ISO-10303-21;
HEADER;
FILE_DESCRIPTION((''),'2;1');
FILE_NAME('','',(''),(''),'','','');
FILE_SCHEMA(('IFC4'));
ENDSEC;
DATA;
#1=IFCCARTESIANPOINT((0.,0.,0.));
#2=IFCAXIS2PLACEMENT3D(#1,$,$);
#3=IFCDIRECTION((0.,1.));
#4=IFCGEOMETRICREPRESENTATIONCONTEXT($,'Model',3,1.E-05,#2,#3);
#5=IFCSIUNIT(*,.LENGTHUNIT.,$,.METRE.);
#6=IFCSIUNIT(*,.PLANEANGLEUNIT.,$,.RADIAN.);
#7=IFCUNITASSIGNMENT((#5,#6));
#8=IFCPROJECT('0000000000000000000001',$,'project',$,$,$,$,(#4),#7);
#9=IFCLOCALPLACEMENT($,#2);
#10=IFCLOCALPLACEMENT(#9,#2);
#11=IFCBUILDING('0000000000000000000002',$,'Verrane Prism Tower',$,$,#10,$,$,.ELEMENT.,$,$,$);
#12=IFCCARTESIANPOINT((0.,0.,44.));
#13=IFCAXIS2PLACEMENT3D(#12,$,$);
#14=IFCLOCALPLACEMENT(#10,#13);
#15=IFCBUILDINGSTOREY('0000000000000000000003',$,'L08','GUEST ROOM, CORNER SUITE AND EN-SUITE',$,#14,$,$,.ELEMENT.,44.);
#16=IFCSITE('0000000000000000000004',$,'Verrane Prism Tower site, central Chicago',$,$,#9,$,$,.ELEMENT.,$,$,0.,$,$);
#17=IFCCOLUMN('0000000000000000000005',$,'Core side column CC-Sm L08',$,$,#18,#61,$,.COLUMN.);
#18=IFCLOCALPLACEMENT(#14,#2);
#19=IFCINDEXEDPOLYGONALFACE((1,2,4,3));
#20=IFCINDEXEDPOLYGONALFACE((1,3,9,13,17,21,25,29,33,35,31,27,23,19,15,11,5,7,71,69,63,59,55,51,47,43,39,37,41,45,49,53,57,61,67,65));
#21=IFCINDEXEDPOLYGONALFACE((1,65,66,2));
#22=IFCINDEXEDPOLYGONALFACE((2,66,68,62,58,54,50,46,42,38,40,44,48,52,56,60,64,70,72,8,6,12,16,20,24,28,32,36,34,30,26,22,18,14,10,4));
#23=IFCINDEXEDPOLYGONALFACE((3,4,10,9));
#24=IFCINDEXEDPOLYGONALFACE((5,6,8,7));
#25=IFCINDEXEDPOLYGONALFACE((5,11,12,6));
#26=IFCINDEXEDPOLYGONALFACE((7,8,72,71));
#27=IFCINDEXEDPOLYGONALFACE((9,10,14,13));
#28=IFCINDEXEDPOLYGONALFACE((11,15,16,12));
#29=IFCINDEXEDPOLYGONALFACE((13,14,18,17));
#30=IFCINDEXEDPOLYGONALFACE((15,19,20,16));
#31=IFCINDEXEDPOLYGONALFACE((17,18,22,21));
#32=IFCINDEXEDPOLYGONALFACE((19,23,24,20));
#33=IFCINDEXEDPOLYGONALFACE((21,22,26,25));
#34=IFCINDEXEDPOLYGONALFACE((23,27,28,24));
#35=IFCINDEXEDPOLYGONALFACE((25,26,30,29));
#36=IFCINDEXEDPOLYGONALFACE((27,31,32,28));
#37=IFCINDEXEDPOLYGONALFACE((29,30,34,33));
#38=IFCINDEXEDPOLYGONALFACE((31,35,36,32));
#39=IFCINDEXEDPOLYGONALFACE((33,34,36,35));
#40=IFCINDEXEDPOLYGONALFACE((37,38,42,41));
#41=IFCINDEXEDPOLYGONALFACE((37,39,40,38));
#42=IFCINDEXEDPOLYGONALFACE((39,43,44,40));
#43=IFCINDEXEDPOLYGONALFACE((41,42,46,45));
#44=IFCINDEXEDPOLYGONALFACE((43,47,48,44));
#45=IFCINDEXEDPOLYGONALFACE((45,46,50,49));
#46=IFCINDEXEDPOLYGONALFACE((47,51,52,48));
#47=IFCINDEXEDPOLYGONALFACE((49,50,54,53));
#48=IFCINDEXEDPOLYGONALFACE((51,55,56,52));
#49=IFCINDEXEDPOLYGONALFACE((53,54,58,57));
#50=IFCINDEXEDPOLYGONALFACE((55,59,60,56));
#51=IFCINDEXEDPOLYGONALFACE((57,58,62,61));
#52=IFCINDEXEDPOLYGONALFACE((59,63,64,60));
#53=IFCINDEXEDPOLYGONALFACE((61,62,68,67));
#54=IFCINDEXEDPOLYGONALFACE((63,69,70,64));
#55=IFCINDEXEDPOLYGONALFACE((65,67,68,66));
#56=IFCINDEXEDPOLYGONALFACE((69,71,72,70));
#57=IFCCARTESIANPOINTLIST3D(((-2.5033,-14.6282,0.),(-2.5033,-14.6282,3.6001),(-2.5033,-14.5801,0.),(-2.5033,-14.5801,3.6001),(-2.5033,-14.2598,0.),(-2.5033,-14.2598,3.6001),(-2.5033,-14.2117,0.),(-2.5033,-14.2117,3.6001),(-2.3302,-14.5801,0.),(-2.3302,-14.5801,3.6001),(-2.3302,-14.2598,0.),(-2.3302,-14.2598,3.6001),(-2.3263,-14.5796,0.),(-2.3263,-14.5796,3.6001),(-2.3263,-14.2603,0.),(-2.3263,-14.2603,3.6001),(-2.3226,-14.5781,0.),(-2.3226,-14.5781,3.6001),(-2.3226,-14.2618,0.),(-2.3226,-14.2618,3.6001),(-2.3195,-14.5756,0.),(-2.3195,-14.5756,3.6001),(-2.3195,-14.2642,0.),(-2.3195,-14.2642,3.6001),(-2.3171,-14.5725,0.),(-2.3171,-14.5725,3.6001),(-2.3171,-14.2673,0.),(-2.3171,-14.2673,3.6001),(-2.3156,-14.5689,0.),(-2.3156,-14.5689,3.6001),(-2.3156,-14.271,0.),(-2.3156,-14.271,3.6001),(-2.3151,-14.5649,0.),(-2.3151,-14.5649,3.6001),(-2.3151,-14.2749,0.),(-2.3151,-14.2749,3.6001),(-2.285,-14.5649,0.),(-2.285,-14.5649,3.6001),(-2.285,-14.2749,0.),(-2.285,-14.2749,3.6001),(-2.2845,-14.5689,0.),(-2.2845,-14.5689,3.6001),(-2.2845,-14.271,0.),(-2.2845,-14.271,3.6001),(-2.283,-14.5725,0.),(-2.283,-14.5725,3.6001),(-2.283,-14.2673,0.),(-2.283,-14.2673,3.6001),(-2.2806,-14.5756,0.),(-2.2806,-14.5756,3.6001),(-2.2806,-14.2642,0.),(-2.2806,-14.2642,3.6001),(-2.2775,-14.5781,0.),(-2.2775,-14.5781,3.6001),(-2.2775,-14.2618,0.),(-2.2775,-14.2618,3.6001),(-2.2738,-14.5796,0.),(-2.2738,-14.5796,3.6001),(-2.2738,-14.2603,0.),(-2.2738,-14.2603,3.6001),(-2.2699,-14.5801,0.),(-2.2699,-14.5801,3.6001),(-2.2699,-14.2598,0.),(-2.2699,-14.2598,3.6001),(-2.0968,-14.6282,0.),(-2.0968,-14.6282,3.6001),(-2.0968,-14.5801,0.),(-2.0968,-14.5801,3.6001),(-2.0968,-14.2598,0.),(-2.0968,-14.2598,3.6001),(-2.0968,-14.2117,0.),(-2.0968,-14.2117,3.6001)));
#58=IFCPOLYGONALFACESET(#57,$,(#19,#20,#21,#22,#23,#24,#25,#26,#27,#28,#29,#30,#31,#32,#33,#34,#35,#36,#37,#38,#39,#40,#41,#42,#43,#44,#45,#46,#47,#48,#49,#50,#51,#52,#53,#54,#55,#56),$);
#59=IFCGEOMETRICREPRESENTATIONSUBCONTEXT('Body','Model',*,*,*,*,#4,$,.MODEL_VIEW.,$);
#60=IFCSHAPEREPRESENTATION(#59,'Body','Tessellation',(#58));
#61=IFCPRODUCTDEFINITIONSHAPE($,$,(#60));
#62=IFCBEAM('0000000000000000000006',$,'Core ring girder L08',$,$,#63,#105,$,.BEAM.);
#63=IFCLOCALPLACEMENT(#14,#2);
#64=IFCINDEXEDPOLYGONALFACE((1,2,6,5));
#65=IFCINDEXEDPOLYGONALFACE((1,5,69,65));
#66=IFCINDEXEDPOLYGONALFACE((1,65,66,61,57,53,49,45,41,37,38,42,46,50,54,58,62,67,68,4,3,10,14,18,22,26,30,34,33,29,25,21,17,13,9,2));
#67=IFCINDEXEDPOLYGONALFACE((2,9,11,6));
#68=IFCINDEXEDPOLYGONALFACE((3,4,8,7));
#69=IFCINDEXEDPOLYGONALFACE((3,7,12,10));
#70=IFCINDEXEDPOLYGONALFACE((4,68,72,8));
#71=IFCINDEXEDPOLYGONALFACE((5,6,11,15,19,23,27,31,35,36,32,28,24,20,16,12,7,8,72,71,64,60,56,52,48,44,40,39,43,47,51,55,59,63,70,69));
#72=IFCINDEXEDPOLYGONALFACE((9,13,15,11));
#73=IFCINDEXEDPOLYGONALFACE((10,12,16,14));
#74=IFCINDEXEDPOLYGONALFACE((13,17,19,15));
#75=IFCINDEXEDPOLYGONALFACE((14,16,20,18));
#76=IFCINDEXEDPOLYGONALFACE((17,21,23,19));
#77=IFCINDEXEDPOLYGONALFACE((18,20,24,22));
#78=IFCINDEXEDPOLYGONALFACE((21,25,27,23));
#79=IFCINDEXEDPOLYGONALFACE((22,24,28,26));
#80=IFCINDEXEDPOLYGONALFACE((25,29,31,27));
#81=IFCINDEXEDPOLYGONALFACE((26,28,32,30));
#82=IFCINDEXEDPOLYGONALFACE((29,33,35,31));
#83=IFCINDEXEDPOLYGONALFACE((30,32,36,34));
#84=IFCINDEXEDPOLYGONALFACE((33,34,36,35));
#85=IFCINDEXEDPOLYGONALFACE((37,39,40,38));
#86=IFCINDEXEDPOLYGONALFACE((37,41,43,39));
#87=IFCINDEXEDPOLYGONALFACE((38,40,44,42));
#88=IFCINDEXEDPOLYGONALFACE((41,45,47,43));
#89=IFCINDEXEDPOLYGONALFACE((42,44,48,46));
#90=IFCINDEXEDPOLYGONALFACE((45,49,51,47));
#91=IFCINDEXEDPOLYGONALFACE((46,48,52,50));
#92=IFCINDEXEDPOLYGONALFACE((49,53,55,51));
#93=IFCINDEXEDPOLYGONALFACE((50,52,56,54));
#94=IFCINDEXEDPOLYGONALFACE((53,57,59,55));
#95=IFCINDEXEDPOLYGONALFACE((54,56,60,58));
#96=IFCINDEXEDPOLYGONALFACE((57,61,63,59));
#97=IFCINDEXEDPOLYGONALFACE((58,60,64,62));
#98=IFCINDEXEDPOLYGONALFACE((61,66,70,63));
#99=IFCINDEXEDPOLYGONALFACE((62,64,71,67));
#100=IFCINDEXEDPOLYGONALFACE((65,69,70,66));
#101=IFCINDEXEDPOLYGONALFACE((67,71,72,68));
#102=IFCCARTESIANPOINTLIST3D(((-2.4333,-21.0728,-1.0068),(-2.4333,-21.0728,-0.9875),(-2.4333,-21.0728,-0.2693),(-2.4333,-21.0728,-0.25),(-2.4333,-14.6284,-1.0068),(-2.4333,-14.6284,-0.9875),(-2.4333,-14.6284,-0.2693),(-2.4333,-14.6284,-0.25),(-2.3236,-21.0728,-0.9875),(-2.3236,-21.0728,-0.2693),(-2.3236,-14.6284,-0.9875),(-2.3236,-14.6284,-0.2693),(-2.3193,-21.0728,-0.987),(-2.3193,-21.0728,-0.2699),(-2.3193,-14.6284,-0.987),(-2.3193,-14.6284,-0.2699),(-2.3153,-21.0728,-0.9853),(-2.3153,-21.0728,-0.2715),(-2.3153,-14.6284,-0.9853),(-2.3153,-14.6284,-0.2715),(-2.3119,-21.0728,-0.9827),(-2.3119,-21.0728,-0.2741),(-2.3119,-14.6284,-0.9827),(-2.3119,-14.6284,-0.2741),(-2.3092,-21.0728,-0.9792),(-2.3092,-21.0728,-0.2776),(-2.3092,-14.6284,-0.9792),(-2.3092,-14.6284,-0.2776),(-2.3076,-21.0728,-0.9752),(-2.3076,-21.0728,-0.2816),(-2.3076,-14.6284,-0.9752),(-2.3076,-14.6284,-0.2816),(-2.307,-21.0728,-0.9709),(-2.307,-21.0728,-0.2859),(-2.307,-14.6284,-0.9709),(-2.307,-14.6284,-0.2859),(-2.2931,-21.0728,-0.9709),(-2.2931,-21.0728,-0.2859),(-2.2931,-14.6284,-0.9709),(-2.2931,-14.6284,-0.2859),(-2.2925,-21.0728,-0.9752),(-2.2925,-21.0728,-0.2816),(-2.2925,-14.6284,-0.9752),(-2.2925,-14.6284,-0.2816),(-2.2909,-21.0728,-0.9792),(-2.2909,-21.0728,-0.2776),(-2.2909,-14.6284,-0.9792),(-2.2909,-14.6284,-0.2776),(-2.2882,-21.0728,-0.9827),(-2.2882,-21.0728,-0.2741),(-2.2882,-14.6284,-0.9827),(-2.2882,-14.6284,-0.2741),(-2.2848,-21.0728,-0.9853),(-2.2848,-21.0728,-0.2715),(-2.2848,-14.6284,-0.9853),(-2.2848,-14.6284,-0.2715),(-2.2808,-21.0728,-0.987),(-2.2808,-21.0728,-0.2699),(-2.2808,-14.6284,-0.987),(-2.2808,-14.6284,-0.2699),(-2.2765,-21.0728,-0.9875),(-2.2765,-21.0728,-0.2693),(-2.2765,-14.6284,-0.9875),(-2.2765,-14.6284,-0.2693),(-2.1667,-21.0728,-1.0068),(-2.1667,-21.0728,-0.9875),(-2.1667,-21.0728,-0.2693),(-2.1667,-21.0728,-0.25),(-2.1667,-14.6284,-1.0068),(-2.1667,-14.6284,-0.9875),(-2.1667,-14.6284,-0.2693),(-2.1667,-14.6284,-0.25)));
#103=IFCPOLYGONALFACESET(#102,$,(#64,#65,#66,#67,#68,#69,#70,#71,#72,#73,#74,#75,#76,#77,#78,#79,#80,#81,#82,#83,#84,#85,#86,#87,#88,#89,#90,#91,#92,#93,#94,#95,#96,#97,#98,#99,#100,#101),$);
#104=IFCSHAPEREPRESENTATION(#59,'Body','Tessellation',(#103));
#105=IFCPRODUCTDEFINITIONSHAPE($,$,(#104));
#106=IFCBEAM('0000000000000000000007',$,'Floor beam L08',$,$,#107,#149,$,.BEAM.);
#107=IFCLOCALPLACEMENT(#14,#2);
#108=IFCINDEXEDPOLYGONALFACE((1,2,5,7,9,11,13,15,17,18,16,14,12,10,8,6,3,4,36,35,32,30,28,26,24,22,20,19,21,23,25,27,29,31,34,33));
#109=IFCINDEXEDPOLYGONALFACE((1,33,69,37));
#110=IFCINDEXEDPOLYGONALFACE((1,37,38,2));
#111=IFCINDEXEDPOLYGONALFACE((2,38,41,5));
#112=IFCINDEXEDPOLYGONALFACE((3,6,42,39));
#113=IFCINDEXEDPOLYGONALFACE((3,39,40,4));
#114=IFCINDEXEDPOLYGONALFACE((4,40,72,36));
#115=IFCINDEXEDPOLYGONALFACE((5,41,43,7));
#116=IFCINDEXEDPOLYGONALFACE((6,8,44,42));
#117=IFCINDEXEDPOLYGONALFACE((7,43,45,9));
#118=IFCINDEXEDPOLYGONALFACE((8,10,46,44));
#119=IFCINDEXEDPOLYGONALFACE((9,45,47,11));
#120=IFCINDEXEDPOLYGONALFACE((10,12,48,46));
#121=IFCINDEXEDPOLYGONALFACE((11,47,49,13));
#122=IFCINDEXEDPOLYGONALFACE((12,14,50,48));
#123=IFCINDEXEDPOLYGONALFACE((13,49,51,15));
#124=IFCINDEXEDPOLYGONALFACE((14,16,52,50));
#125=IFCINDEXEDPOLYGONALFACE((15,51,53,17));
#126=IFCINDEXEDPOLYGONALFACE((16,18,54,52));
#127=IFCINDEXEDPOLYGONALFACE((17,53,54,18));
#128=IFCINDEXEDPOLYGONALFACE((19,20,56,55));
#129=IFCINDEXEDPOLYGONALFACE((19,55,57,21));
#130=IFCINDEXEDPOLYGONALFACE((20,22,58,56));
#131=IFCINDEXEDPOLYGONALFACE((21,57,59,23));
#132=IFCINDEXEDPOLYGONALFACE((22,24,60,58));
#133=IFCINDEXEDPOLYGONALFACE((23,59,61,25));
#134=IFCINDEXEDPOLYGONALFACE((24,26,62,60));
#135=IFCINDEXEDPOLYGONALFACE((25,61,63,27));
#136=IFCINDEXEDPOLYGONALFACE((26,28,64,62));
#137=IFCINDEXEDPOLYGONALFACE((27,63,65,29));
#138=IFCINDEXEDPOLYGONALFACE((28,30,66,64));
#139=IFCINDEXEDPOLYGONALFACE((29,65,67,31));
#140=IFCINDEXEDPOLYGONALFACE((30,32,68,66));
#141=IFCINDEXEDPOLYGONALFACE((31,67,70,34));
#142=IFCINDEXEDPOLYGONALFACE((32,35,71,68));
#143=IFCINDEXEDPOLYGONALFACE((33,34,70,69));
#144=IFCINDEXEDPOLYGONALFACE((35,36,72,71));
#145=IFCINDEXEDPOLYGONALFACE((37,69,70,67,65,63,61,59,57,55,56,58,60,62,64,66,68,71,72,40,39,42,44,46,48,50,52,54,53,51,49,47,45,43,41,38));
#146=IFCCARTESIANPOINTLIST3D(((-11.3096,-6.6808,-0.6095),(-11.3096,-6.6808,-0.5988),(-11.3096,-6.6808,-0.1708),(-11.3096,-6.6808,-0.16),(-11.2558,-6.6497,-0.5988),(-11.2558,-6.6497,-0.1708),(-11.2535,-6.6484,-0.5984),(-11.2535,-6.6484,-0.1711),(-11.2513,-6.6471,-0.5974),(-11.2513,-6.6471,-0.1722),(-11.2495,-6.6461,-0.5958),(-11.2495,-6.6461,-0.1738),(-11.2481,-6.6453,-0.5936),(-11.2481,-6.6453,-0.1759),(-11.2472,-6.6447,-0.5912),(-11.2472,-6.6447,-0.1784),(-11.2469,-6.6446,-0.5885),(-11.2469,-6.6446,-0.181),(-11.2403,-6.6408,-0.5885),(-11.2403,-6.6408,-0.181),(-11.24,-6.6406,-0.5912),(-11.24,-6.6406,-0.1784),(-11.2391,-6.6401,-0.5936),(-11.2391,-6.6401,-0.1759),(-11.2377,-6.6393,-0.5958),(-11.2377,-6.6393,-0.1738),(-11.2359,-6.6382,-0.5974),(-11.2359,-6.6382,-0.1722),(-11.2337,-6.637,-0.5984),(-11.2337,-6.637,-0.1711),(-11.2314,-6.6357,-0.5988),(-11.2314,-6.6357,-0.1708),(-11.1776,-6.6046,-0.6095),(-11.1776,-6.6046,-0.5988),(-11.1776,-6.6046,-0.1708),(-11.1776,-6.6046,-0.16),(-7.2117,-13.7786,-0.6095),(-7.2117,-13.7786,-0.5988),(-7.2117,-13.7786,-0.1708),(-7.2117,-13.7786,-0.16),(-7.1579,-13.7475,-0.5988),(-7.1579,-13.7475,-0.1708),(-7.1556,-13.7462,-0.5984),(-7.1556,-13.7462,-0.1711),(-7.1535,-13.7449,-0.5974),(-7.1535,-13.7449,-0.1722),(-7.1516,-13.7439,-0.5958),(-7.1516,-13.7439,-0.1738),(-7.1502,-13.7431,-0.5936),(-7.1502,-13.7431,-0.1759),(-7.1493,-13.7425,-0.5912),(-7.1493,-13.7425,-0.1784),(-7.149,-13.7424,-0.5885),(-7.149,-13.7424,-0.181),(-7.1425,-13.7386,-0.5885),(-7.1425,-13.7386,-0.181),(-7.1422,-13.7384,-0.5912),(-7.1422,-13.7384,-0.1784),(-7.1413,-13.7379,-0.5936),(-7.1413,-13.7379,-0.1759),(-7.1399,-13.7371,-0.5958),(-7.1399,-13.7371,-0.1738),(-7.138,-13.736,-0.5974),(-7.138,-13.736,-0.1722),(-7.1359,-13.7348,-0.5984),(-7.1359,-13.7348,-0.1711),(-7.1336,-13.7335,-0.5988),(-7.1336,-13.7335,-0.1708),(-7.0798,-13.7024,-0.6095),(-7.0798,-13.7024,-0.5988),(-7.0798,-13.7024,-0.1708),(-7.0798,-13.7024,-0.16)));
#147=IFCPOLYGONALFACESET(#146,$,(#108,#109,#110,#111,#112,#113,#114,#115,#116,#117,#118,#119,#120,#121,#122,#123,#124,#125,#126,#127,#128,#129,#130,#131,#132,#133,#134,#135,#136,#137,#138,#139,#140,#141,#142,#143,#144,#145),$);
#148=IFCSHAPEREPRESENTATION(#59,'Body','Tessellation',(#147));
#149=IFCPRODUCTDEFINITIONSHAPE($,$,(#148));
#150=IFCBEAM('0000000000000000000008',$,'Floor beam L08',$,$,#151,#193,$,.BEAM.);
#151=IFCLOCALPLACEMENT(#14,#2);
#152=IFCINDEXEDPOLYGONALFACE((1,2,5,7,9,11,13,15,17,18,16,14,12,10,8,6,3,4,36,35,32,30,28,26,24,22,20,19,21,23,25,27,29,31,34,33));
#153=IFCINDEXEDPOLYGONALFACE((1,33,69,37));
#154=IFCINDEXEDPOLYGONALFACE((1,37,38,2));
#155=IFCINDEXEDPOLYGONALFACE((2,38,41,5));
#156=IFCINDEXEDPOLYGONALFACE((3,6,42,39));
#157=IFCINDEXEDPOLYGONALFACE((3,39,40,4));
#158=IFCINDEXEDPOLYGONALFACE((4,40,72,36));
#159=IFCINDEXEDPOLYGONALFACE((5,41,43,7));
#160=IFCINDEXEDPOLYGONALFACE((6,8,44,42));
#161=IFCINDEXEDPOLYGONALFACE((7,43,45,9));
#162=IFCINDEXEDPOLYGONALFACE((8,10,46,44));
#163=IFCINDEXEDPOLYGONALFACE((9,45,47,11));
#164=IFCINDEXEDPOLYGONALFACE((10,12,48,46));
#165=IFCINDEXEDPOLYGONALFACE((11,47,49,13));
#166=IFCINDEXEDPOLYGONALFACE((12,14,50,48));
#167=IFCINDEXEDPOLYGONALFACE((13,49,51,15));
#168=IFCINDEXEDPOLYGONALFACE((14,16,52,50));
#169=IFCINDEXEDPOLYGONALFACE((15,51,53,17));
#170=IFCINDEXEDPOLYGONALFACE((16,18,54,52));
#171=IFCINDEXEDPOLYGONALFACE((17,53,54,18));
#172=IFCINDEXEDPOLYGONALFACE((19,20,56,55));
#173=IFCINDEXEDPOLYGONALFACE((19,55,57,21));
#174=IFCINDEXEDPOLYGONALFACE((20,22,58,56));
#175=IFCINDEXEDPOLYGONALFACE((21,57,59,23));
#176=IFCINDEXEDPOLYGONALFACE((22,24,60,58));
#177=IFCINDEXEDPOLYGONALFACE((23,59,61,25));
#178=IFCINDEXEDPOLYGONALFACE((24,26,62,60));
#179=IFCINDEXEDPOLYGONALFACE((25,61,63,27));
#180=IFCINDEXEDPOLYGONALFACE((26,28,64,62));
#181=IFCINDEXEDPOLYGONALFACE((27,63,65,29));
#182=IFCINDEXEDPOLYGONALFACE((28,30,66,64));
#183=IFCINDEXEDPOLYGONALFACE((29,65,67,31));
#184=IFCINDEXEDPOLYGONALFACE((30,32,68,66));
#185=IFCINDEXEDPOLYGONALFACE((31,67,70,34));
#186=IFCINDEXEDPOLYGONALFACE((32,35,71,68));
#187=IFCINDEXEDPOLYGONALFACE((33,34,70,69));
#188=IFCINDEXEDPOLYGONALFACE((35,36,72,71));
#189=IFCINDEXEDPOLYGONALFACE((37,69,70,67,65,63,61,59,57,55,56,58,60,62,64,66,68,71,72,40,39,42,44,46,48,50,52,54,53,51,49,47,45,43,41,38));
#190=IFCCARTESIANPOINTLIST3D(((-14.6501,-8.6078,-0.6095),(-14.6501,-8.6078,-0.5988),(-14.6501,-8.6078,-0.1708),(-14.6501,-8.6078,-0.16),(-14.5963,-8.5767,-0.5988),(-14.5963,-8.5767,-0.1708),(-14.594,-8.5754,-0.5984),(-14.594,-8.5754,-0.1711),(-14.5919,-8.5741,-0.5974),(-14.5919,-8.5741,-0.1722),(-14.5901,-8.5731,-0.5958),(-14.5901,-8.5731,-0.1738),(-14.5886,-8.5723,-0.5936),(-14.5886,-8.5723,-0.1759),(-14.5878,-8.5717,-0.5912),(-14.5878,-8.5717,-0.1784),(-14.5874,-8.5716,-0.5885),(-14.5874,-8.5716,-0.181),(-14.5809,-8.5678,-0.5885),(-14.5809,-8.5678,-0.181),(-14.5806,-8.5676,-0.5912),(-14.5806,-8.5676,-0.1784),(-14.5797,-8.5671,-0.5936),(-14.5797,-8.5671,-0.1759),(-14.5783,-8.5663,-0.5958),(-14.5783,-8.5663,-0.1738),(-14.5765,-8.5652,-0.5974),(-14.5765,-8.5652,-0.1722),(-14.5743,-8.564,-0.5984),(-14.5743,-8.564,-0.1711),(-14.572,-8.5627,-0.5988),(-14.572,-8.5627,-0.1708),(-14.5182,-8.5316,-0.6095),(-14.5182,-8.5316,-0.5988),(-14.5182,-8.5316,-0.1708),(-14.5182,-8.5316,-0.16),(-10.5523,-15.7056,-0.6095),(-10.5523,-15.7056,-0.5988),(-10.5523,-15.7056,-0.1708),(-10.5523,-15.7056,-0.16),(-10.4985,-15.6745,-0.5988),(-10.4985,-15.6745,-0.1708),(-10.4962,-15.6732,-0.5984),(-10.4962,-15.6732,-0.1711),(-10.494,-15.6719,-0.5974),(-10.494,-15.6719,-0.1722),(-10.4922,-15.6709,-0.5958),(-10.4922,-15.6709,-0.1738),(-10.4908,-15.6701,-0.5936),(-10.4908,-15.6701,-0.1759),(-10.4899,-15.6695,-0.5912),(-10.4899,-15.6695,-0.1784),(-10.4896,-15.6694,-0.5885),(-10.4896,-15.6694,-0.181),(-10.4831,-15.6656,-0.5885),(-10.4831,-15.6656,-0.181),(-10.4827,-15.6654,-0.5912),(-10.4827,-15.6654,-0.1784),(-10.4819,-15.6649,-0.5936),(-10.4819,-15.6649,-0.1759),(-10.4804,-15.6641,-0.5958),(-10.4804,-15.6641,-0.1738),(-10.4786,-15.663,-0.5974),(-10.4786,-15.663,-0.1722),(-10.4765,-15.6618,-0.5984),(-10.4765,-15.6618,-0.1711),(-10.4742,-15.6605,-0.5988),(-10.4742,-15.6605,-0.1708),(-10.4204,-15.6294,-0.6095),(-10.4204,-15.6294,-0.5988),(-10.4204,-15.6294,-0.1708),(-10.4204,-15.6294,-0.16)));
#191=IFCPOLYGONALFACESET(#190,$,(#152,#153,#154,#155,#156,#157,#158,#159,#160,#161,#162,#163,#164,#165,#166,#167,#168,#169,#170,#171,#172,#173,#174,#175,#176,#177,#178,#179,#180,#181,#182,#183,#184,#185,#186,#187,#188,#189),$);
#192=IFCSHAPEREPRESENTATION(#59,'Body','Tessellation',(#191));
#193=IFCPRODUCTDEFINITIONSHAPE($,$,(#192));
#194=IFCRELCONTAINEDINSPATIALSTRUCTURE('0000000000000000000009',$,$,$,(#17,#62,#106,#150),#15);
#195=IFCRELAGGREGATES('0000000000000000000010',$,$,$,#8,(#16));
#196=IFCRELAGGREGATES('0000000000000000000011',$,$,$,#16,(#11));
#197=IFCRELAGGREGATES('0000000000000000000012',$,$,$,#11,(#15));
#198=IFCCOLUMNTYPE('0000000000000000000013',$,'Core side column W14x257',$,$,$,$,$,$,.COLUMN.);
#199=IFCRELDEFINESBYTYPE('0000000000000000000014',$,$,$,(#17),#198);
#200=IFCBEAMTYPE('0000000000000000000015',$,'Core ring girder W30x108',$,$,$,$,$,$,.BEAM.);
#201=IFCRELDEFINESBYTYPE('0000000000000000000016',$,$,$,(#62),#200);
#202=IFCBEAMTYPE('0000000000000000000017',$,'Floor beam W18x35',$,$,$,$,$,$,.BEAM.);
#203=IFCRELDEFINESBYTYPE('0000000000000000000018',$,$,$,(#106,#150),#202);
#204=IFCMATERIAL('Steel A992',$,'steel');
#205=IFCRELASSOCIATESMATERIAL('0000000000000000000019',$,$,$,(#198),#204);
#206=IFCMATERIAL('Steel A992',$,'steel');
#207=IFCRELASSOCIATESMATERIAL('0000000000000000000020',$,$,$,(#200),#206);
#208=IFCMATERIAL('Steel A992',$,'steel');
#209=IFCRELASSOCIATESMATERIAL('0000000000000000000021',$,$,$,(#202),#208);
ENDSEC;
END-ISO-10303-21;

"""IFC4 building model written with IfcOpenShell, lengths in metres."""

from ifc_helpers import new_model, si_unit, direction, frame, origin, origin_2d, place, context, subcontext, project, spatial, i_section, extrude, material, material_profile, profile_set, type_object, element, save


model = new_model("IFC4")

# Units and contexts
model_context = context("Model", 3, precision=1e-05, world=origin(), true_north=direction((0.0, 1.0)))
body_context = subcontext(model_context, "Body", "Model", "MODEL_VIEW")
ifc_project = project(units=[si_unit("LENGTHUNIT", "METRE"), si_unit("PLANEANGLEUNIT", "RADIAN")], contexts=[model_context])

# Site, building, storey
site_placement = place(None, origin())
site = spatial("IfcSite", under=ifc_project, at=site_placement, Name="Verrane Prism Tower site, central Chicago", CompositionType="ELEMENT", RefElevation=0.0)
building_placement = place(site_placement, origin())
building = spatial("IfcBuilding", under=site, at=building_placement, Name="Verrane Prism Tower", CompositionType="ELEMENT")
storey_placement = place(building_placement, frame((0.0, 0.0, 44.0)))
storey = spatial("IfcBuildingStorey", under=building, at=storey_placement, Name="L08", Description="GUEST ROOM, CORNER SUITE AND EN-SUITE", CompositionType="ELEMENT", Elevation=44.0)

# Column
ifc_material_1 = material(Name="Steel A992", Category="steel")
ifc_material_profile_1 = material_profile(ifc_material_1, i_section(OverallWidth=0.4065, OverallDepth=0.4165, WebThickness=0.03, FlangeThickness=0.0481, FilletRadius=0.0151, at=origin_2d()), Name="W14x257")
ifc_profile_set_1 = profile_set([ifc_material_profile_1], Name="Steel A992")
column_type = type_object("IfcColumnType", Name="Core side column W14x257", PredefinedType="COLUMN", material=ifc_profile_set_1)
column_placement = place(storey_placement, frame((-2.3, -14.4199, 0.0), z_axis=(0.0, 0.0, 1.0), x_axis=(1.0, 0.0, 0.0)))
element("IfcColumn", 1, at=column_placement, inside=storey, type_object=column_type, Name="Core side column CC-Sm L08", PredefinedType="COLUMN", context=body_context, shape_type="SweptSolid", body=[
    extrude(i_section(OverallWidth=0.4065, OverallDepth=0.4165, WebThickness=0.03, FlangeThickness=0.0481, FilletRadius=0.0151, at=origin_2d()), origin(), (0.0, 0.0, 1.0), 3.6001),
])

# Beams
ifc_material_2 = material(Name="Steel A992", Category="steel")
ifc_material_profile_2 = material_profile(ifc_material_2, i_section(OverallWidth=0.2666, OverallDepth=0.7568, WebThickness=0.0139, FlangeThickness=0.0193, FilletRadius=0.0166, at=origin_2d()), Name="W30x108")
ifc_profile_set_2 = profile_set([ifc_material_profile_2], Name="Steel A992")
beam_type_1 = type_object("IfcBeamType", Name="Core ring girder W30x108", PredefinedType="BEAM", material=ifc_profile_set_2)
beam_1_placement = place(storey_placement, frame((-2.3, -14.6284, -0.6284), z_axis=(0.0, -1.0, 0.0), x_axis=(1.0, 0.0, 0.0)))
element("IfcBeam", 2, at=beam_1_placement, inside=storey, type_object=beam_type_1, Name="Core ring girder L08", PredefinedType="BEAM", context=body_context, shape_type="SweptSolid", body=[
    extrude(i_section(OverallWidth=0.2666, OverallDepth=0.7568, WebThickness=0.0139, FlangeThickness=0.0193, FilletRadius=0.0166, at=origin_2d()), origin(), (0.0, 0.0, 1.0), 6.4443),
])
ifc_material_3 = material(Name="Steel A992", Category="steel")
ifc_material_profile_3 = material_profile(ifc_material_3, i_section(OverallWidth=0.1523, OverallDepth=0.4495, WebThickness=0.0076, FlangeThickness=0.0107, FilletRadius=0.0103, at=origin_2d()), Name="W18x35")
ifc_profile_set_3 = profile_set([ifc_material_profile_3], Name="Steel A992")
beam_type_2 = type_object("IfcBeamType", Name="Floor beam W18x35", PredefinedType="BEAM", material=ifc_profile_set_3)
for number, where, z_axis, x_axis, name in (
    (3, (-7.1458, -13.7405, -0.3848), (-0.499993, 0.866029, 0.0), (-0.866029, -0.499993, 0.0), "Floor beam L08"),
    (4, (-10.4863, -15.6675, -0.3848), (-0.499993, 0.866029, 0.0), (-0.866029, -0.499993, 0.0), "Floor beam L08"),
):
    element("IfcBeam", number, at=place(storey_placement, frame(where, z_axis=z_axis, x_axis=x_axis)), inside=storey, type_object=beam_type_2, Name=name, PredefinedType="BEAM", context=body_context, shape_type="SweptSolid", body=[
        extrude(i_section(OverallWidth=0.1523, OverallDepth=0.4495, WebThickness=0.0076, FlangeThickness=0.0107, FilletRadius=0.0103, at=origin_2d()), origin(), (0.0, 0.0, 1.0), 8.1958),
    ])

save(model, "model.ifc")
